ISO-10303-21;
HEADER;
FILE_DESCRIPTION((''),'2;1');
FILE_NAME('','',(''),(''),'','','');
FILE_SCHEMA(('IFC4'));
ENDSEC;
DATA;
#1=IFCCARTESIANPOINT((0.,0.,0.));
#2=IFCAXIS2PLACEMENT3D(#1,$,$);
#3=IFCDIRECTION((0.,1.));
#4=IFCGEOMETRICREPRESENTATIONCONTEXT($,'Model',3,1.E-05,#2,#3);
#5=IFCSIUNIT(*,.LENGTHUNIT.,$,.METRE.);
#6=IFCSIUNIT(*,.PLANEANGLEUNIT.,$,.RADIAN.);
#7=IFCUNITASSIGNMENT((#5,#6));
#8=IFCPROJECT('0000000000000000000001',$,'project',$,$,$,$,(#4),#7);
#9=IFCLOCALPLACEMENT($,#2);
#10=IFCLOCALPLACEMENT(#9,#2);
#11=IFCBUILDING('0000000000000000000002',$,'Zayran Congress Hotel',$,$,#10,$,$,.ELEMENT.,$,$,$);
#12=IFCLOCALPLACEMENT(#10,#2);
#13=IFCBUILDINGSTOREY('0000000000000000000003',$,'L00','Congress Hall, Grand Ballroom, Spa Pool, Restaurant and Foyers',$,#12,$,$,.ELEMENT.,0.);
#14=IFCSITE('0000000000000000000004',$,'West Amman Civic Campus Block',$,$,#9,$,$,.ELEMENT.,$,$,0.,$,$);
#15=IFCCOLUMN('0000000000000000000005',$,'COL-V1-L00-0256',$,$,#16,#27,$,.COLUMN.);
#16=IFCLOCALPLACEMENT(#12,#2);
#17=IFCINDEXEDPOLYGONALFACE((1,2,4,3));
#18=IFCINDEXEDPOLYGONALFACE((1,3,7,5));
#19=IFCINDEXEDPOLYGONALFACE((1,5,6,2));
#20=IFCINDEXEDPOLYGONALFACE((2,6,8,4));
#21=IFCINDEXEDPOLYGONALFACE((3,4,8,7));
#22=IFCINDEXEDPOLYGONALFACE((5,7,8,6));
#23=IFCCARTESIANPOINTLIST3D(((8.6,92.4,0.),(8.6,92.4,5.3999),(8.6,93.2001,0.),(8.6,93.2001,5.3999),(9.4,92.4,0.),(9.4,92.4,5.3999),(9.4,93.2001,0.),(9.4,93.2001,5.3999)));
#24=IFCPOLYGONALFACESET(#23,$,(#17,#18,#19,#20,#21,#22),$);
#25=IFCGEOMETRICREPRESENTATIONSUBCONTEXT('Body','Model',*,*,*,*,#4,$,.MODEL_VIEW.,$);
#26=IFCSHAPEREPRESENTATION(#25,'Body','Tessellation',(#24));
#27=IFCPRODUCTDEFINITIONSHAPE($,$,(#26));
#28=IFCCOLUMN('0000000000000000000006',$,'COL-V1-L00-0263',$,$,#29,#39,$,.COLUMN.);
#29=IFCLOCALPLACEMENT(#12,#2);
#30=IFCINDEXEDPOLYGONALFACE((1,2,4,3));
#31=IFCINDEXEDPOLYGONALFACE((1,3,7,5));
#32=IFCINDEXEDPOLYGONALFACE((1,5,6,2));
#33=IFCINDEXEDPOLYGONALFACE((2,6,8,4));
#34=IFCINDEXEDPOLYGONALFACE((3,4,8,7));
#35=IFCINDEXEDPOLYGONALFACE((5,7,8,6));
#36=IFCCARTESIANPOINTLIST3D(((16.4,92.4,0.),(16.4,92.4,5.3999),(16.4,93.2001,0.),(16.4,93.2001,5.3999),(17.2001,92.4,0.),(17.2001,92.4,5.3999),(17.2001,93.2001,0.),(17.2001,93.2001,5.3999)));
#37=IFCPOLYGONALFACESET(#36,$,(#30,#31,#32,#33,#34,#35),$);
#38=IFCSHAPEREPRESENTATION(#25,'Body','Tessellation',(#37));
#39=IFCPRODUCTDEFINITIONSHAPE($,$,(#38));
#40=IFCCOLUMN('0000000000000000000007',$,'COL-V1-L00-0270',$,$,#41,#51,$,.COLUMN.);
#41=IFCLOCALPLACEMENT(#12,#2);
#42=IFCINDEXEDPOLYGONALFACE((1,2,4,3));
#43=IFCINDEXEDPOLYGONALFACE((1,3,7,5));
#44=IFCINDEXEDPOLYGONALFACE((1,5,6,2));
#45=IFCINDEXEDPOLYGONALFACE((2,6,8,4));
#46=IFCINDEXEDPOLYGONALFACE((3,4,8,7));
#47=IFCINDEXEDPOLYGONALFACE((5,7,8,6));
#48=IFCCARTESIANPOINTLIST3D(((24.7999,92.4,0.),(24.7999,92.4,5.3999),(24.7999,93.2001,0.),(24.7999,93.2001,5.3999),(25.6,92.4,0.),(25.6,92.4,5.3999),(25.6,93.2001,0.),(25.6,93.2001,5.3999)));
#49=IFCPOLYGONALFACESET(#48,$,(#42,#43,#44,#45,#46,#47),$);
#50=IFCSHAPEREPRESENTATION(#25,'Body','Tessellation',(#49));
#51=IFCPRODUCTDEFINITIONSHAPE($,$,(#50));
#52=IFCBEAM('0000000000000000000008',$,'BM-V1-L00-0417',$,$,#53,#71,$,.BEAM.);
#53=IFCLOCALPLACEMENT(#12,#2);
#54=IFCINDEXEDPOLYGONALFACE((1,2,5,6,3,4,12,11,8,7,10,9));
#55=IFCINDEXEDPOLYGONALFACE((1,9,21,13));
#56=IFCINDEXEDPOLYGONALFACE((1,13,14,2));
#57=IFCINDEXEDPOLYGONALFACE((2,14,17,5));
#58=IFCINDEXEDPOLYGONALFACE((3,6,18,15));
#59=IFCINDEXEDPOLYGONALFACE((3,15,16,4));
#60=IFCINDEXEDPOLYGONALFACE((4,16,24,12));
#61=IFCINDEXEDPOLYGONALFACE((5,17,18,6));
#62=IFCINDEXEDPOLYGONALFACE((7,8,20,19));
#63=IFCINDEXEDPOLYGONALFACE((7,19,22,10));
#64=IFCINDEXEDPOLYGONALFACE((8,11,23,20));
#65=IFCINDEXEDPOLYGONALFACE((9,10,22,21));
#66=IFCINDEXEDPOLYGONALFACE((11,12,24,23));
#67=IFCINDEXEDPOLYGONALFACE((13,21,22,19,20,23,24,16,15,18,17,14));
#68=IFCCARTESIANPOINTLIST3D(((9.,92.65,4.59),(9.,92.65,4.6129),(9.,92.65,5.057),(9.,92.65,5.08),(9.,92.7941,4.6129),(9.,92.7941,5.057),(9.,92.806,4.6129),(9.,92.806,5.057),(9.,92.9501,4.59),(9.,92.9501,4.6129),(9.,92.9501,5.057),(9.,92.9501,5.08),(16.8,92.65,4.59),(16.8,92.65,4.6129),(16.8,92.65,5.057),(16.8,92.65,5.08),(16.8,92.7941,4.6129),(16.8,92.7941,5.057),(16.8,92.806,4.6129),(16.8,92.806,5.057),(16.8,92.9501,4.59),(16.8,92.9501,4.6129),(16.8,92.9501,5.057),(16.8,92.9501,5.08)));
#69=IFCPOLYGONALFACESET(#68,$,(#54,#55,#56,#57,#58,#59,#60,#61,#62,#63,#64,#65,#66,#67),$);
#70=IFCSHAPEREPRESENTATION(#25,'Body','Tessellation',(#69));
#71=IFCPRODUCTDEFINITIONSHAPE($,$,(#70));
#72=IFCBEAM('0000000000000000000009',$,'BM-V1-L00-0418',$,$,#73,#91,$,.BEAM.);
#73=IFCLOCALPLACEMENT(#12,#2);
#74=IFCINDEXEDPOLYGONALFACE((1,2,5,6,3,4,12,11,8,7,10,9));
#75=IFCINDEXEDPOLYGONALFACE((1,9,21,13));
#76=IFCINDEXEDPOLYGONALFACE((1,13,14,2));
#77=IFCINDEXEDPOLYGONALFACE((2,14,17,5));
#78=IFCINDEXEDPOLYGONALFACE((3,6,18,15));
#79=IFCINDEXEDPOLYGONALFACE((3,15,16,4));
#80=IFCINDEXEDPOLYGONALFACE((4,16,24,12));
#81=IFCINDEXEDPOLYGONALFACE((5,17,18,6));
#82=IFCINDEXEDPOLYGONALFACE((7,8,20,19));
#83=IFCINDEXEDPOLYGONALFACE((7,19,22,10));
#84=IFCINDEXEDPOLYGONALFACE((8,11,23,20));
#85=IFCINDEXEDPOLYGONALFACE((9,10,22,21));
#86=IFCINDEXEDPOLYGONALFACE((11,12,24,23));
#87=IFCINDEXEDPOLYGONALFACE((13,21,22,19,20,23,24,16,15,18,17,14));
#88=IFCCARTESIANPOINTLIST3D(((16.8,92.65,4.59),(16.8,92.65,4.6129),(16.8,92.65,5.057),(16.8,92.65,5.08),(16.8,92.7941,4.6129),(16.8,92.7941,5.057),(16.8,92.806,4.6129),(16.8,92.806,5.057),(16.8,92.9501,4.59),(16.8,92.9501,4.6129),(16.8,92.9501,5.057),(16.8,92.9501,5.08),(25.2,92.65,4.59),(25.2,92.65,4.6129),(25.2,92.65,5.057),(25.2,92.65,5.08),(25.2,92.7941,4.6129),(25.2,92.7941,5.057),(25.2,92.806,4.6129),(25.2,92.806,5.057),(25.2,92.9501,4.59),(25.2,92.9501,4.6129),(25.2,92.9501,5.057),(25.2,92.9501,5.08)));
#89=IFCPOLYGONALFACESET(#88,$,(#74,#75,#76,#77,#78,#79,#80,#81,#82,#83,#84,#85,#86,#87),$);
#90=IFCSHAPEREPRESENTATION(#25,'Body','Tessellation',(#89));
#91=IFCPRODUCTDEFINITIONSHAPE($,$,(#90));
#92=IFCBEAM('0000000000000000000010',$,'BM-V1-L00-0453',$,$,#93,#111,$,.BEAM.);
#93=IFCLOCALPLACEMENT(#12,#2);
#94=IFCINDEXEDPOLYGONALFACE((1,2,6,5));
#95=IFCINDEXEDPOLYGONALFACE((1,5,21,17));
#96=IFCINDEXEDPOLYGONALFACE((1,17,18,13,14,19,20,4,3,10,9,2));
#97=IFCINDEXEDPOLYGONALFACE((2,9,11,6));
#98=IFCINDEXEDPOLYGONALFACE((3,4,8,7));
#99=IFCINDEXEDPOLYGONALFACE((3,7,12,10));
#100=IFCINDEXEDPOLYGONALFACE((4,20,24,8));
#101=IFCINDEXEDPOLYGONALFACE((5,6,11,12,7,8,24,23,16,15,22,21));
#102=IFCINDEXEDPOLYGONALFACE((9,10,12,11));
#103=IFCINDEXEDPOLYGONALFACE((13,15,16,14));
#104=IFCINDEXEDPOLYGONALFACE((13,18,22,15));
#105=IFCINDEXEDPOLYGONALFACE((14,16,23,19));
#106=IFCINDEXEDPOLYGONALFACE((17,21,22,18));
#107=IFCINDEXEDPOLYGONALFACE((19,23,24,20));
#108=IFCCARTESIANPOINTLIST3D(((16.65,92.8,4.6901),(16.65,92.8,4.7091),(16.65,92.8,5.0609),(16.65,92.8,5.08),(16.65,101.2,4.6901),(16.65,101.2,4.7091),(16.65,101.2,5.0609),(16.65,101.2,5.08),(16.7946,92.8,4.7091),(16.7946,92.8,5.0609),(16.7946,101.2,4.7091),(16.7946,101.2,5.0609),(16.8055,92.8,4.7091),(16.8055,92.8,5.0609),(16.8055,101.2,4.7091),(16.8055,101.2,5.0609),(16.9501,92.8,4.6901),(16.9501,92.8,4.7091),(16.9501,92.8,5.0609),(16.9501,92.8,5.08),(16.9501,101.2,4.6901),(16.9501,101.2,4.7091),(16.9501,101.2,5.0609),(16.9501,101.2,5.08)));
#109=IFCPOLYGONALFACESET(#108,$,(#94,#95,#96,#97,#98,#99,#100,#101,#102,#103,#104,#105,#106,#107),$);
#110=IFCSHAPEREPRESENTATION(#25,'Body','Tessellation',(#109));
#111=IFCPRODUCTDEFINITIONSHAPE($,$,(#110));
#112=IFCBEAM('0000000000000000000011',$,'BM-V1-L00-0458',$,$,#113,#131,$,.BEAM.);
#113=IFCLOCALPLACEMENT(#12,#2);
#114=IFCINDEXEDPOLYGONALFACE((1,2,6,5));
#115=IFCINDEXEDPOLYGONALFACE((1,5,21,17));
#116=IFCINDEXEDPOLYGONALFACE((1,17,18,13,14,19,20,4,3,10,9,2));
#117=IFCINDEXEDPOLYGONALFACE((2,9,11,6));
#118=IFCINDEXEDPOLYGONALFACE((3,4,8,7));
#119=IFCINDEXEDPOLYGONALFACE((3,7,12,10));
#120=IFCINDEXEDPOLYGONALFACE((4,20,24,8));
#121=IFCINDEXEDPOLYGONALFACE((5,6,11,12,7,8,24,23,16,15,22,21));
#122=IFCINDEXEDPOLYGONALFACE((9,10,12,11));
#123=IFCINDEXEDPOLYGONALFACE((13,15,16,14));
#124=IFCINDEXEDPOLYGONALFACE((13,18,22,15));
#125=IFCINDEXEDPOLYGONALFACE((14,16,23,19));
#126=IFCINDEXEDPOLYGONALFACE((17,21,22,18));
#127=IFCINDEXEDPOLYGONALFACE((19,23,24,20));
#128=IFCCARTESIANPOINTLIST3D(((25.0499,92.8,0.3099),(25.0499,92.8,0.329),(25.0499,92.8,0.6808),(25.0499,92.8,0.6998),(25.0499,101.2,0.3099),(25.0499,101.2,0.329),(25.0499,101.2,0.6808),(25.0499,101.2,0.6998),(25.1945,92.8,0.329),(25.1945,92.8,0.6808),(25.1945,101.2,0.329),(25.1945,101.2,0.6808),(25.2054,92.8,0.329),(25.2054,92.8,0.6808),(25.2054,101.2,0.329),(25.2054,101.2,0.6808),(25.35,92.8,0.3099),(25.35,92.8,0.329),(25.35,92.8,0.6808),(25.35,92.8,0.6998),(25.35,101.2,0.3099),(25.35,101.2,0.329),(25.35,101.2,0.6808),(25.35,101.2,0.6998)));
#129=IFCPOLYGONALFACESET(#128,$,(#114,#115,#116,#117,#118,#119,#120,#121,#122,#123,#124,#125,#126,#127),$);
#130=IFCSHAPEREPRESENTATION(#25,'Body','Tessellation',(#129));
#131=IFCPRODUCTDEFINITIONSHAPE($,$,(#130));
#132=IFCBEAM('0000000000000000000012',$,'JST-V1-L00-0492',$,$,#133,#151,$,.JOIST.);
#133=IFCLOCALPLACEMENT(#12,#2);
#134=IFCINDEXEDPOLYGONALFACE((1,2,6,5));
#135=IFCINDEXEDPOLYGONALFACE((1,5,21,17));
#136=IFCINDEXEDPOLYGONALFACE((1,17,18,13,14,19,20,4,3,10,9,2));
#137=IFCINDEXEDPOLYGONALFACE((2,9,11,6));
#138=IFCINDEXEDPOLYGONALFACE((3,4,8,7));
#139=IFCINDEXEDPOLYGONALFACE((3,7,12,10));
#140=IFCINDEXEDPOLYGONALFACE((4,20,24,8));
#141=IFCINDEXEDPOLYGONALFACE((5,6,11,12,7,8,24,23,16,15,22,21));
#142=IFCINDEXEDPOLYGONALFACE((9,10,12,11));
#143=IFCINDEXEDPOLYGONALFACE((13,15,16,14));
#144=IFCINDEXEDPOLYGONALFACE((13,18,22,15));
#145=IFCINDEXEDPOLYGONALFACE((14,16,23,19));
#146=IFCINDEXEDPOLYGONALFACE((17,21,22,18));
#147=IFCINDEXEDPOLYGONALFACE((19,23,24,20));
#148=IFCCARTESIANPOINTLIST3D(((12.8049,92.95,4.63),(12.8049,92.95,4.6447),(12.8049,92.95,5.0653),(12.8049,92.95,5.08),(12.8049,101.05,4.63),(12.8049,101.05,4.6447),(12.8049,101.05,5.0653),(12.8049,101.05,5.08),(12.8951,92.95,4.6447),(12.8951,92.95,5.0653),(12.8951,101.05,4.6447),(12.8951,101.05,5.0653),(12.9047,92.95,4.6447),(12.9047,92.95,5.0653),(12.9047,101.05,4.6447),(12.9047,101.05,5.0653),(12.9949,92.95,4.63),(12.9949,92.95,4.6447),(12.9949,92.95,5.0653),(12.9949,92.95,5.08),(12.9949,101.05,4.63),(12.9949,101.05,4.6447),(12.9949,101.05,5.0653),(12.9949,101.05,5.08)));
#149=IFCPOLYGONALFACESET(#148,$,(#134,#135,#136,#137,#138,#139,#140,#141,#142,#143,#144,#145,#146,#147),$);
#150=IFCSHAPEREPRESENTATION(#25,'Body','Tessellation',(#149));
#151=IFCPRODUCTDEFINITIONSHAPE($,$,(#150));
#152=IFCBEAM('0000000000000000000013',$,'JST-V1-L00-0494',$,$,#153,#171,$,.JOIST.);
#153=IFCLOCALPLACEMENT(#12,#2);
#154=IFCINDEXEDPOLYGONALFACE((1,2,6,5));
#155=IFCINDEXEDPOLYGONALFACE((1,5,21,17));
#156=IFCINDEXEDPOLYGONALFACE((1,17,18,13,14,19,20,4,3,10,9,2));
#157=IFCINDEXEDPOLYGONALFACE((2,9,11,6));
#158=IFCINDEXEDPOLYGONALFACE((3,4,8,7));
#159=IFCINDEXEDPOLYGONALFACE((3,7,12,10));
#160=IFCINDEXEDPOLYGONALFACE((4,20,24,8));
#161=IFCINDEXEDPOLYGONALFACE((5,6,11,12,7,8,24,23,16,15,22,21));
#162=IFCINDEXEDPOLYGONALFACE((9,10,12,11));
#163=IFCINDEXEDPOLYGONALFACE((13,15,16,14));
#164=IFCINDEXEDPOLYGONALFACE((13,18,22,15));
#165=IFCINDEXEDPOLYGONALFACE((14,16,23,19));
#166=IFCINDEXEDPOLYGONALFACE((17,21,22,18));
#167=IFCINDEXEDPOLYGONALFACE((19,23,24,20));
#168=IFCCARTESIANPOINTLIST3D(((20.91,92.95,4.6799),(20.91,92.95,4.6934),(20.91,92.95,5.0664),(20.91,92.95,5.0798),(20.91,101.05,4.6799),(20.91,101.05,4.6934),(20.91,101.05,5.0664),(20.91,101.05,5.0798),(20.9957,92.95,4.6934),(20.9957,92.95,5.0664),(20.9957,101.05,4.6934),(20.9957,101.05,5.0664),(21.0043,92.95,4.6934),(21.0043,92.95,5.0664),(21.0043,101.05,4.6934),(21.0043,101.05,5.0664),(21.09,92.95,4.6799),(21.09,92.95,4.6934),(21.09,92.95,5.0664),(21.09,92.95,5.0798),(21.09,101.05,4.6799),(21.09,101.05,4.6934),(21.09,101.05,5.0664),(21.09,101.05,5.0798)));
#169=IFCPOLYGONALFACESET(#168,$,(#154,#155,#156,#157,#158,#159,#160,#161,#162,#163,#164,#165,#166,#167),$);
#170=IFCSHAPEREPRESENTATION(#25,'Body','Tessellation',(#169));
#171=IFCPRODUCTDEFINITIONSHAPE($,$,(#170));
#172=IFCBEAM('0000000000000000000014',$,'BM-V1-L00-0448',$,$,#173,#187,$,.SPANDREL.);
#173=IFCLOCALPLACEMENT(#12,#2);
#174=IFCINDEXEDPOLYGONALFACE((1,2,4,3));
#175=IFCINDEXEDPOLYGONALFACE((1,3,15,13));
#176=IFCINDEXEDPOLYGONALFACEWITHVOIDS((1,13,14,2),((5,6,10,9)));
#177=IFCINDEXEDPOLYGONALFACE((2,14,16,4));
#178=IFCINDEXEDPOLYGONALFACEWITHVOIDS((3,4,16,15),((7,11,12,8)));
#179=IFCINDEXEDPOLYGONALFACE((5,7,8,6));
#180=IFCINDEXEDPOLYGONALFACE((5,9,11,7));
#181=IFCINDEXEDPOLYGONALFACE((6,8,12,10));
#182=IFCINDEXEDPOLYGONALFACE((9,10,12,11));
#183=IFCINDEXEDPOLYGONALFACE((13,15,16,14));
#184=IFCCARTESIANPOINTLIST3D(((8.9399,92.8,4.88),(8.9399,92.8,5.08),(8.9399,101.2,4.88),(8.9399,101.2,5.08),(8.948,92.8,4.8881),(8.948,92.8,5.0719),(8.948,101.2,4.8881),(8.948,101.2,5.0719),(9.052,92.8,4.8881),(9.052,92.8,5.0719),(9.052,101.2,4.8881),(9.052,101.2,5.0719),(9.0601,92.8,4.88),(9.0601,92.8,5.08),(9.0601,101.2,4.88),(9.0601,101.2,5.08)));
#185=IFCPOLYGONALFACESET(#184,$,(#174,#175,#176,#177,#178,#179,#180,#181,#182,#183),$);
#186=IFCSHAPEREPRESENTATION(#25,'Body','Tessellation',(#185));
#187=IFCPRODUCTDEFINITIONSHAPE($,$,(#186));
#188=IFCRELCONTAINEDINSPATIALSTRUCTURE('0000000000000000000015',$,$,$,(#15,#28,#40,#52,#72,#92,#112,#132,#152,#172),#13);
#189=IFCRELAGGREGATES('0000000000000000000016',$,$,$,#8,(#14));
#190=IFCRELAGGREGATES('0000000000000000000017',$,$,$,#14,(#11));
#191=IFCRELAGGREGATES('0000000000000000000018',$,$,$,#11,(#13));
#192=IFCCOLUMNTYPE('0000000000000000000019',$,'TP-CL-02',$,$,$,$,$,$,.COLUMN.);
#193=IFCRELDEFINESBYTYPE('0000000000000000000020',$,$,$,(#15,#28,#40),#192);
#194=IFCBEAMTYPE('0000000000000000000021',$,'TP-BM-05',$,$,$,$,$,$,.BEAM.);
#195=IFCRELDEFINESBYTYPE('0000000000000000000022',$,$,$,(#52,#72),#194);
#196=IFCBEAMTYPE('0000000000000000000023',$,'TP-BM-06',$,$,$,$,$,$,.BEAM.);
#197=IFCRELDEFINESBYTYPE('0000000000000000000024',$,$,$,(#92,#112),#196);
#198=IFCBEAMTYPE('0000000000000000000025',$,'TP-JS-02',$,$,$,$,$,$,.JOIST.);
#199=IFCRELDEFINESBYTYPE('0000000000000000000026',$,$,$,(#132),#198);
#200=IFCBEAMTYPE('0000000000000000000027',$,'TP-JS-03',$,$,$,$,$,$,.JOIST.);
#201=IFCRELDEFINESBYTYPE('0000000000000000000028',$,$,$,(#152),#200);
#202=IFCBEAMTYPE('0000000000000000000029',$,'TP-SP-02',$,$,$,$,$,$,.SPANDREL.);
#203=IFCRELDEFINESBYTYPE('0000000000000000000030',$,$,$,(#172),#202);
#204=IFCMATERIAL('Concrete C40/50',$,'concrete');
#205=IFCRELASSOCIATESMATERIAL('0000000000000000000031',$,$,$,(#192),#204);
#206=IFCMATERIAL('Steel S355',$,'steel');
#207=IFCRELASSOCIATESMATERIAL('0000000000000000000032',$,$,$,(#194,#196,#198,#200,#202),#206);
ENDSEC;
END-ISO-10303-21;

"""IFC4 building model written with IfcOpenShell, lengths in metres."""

from ifc_helpers import new_model, si_unit, direction, frame, origin, origin_2d, place, context, subcontext, project, spatial, rectangle, hollow_rectangle, i_section, extrude, material, material_profile, profile_set, type_object, element, save


model = new_model("IFC4")

# Units and contexts
model_context = context("Model", 3, precision=1e-05, world=origin(), true_north=direction((0.0, 1.0)))
body_context = subcontext(model_context, "Body", "Model", "MODEL_VIEW")
ifc_project = project(units=[si_unit("LENGTHUNIT", "METRE"), si_unit("PLANEANGLEUNIT", "RADIAN")], contexts=[model_context])

# Site, building, storey
site_placement = place(None, origin())
site = spatial("IfcSite", under=ifc_project, at=site_placement, Name="West Amman Civic Campus Block", CompositionType="ELEMENT", RefElevation=0.0)
building_placement = place(site_placement, origin())
building = spatial("IfcBuilding", under=site, at=building_placement, Name="Zayran Congress Hotel", CompositionType="ELEMENT")
storey_placement = place(building_placement, origin())
storey = spatial("IfcBuildingStorey", under=building, at=storey_placement, Name="L00", Description="Congress Hall, Grand Ballroom, Spa Pool, Restaurant and Foyers", CompositionType="ELEMENT", Elevation=0.0)

# Columns
ifc_material_1 = material(Name="Concrete C40/50", Category="concrete")
ifc_material_profile_1 = material_profile(ifc_material_1, rectangle(XDim=0.8, YDim=0.8, at=origin_2d()), Name="RC 800x800")
ifc_profile_set_1 = profile_set([ifc_material_profile_1], Name="Concrete C40/50")
column_type = type_object("IfcColumnType", Name="TP-CL-02", PredefinedType="COLUMN", material=ifc_profile_set_1)
for number, where, z_axis, x_axis, name in (
    (1, (9.0, 92.8, 0.0), (0.0, 0.0, 1.0), (1.0, 0.0, 0.0), "COL-V1-L00-0256"),
    (2, (16.8, 92.8, 0.0), (0.0, 0.0, 1.0), (1.0, 0.0, 0.0), "COL-V1-L00-0263"),
    (3, (25.2, 92.8, 0.0), (0.0, 0.0, 1.0), (1.0, 0.0, 0.0), "COL-V1-L00-0270"),
):
    element("IfcColumn", number, at=place(storey_placement, frame(where, z_axis=z_axis, x_axis=x_axis)), inside=storey, type_object=column_type, Name=name, PredefinedType="COLUMN", context=body_context, shape_type="SweptSolid", body=[
        extrude(rectangle(XDim=0.8, YDim=0.8, at=origin_2d()), origin(), (0.0, 0.0, 1.0), 5.3999),
    ])

# Beams
ifc_material_2 = material(Name="Steel S355", Category="steel")
ifc_material_profile_2 = material_profile(ifc_material_2, i_section(OverallWidth=0.3, OverallDepth=0.49, WebThickness=0.012, FlangeThickness=0.0229, at=origin_2d()), Name="HEA 500")
ifc_profile_set_2 = profile_set([ifc_material_profile_2], Name="Steel S355")
beam_type_1 = type_object("IfcBeamType", Name="TP-BM-05", PredefinedType="BEAM", material=ifc_profile_set_2)
beam_1_placement = place(storey_placement, frame((9.0, 92.8, 4.835), z_axis=(1.0, 0.0, 0.0), x_axis=(0.0, 1.0, 0.0)))
element("IfcBeam", 4, at=beam_1_placement, inside=storey, type_object=beam_type_1, Name="BM-V1-L00-0417", PredefinedType="BEAM", context=body_context, shape_type="SweptSolid", body=[
    extrude(i_section(OverallWidth=0.3, OverallDepth=0.49, WebThickness=0.012, FlangeThickness=0.0229, at=origin_2d()), origin(), (0.0, 0.0, 1.0), 7.8),
])
beam_2_placement = place(storey_placement, frame((16.8, 92.8, 4.835), z_axis=(1.0, 0.0, 0.0), x_axis=(0.0, 1.0, 0.0)))
element("IfcBeam", 5, at=beam_2_placement, inside=storey, type_object=beam_type_1, Name="BM-V1-L00-0418", PredefinedType="BEAM", context=body_context, shape_type="SweptSolid", body=[
    extrude(i_section(OverallWidth=0.3, OverallDepth=0.49, WebThickness=0.012, FlangeThickness=0.0229, at=origin_2d()), origin(), (0.0, 0.0, 1.0), 8.3999),
])
ifc_material_profile_3 = material_profile(ifc_material_2, i_section(OverallWidth=0.3, OverallDepth=0.3899, WebThickness=0.011, FlangeThickness=0.019, at=origin_2d()), Name="HEA 400")
ifc_profile_set_3 = profile_set([ifc_material_profile_3], Name="Steel S355")
beam_type_2 = type_object("IfcBeamType", Name="TP-BM-06", PredefinedType="BEAM", material=ifc_profile_set_3)
for number, where, z_axis, x_axis, name in (
    (6, (16.8, 92.8, 4.885), (0.0, 1.0, 0.0), (-1.0, 0.0, 0.0), "BM-V1-L00-0453"),
    (7, (25.2, 92.8, 0.5049), (0.0, 1.0, 0.0), (-1.0, 0.0, 0.0), "BM-V1-L00-0458"),
):
    element("IfcBeam", number, at=place(storey_placement, frame(where, z_axis=z_axis, x_axis=x_axis)), inside=storey, type_object=beam_type_2, Name=name, PredefinedType="BEAM", context=body_context, shape_type="SweptSolid", body=[
        extrude(i_section(OverallWidth=0.3, OverallDepth=0.3899, WebThickness=0.011, FlangeThickness=0.019, at=origin_2d()), origin(), (0.0, 0.0, 1.0), 8.3999),
    ])
ifc_material_profile_4 = material_profile(ifc_material_2, i_section(OverallWidth=0.1899, OverallDepth=0.45, WebThickness=0.0095, FlangeThickness=0.0146, at=origin_2d()), Name="IPE 450")
ifc_profile_set_4 = profile_set([ifc_material_profile_4], Name="Steel S355")
beam_type_3 = type_object("IfcBeamType", Name="TP-JS-02", PredefinedType="JOIST", material=ifc_profile_set_4)
beam_3_placement = place(storey_placement, frame((12.8999, 92.95, 4.855), z_axis=(0.0, 1.0, 0.0), x_axis=(-1.0, 0.0, 0.0)))
element("IfcBeam", 8, at=beam_3_placement, inside=storey, type_object=beam_type_3, Name="JST-V1-L00-0492", PredefinedType="JOIST", context=body_context, shape_type="SweptSolid", body=[
    extrude(i_section(OverallWidth=0.1899, OverallDepth=0.45, WebThickness=0.0095, FlangeThickness=0.0146, at=origin_2d()), origin(), (0.0, 0.0, 1.0), 8.1001),
])
ifc_material_profile_5 = material_profile(ifc_material_2, i_section(OverallWidth=0.1799, OverallDepth=0.3999, WebThickness=0.0085, FlangeThickness=0.0134, at=origin_2d()), Name="IPE 400")
ifc_profile_set_5 = profile_set([ifc_material_profile_5], Name="Steel S355")
beam_type_4 = type_object("IfcBeamType", Name="TP-JS-03", PredefinedType="JOIST", material=ifc_profile_set_5)
beam_4_placement = place(storey_placement, frame((21.0, 92.95, 4.8799), z_axis=(0.0, 1.0, 0.0), x_axis=(-1.0, 0.0, 0.0)))
element("IfcBeam", 9, at=beam_4_placement, inside=storey, type_object=beam_type_4, Name="JST-V1-L00-0494", PredefinedType="JOIST", context=body_context, shape_type="SweptSolid", body=[
    extrude(i_section(OverallWidth=0.1799, OverallDepth=0.3999, WebThickness=0.0085, FlangeThickness=0.0134, at=origin_2d()), origin(), (0.0, 0.0, 1.0), 8.1001),
])
ifc_material_profile_6 = material_profile(ifc_material_2, hollow_rectangle(XDim=0.1201, YDim=0.2, WallThickness=0.0081, at=origin_2d()), Name="RHS 200x120x8")
ifc_profile_set_6 = profile_set([ifc_material_profile_6], Name="Steel S355")
beam_type_5 = type_object("IfcBeamType", Name="TP-SP-02", PredefinedType="SPANDREL", material=ifc_profile_set_6)
beam_5_placement = place(storey_placement, frame((9.0, 92.8, 4.98), z_axis=(0.0, 1.0, 0.0), x_axis=(-1.0, 0.0, 0.0)))
element("IfcBeam", 10, at=beam_5_placement, inside=storey, type_object=beam_type_5, Name="BM-V1-L00-0448", PredefinedType="SPANDREL", context=body_context, shape_type="SweptSolid", body=[
    extrude(hollow_rectangle(XDim=0.1201, YDim=0.2, WallThickness=0.0081, at=origin_2d()), origin(), (0.0, 0.0, 1.0), 8.3999),
])

save(model, "model.ifc")
